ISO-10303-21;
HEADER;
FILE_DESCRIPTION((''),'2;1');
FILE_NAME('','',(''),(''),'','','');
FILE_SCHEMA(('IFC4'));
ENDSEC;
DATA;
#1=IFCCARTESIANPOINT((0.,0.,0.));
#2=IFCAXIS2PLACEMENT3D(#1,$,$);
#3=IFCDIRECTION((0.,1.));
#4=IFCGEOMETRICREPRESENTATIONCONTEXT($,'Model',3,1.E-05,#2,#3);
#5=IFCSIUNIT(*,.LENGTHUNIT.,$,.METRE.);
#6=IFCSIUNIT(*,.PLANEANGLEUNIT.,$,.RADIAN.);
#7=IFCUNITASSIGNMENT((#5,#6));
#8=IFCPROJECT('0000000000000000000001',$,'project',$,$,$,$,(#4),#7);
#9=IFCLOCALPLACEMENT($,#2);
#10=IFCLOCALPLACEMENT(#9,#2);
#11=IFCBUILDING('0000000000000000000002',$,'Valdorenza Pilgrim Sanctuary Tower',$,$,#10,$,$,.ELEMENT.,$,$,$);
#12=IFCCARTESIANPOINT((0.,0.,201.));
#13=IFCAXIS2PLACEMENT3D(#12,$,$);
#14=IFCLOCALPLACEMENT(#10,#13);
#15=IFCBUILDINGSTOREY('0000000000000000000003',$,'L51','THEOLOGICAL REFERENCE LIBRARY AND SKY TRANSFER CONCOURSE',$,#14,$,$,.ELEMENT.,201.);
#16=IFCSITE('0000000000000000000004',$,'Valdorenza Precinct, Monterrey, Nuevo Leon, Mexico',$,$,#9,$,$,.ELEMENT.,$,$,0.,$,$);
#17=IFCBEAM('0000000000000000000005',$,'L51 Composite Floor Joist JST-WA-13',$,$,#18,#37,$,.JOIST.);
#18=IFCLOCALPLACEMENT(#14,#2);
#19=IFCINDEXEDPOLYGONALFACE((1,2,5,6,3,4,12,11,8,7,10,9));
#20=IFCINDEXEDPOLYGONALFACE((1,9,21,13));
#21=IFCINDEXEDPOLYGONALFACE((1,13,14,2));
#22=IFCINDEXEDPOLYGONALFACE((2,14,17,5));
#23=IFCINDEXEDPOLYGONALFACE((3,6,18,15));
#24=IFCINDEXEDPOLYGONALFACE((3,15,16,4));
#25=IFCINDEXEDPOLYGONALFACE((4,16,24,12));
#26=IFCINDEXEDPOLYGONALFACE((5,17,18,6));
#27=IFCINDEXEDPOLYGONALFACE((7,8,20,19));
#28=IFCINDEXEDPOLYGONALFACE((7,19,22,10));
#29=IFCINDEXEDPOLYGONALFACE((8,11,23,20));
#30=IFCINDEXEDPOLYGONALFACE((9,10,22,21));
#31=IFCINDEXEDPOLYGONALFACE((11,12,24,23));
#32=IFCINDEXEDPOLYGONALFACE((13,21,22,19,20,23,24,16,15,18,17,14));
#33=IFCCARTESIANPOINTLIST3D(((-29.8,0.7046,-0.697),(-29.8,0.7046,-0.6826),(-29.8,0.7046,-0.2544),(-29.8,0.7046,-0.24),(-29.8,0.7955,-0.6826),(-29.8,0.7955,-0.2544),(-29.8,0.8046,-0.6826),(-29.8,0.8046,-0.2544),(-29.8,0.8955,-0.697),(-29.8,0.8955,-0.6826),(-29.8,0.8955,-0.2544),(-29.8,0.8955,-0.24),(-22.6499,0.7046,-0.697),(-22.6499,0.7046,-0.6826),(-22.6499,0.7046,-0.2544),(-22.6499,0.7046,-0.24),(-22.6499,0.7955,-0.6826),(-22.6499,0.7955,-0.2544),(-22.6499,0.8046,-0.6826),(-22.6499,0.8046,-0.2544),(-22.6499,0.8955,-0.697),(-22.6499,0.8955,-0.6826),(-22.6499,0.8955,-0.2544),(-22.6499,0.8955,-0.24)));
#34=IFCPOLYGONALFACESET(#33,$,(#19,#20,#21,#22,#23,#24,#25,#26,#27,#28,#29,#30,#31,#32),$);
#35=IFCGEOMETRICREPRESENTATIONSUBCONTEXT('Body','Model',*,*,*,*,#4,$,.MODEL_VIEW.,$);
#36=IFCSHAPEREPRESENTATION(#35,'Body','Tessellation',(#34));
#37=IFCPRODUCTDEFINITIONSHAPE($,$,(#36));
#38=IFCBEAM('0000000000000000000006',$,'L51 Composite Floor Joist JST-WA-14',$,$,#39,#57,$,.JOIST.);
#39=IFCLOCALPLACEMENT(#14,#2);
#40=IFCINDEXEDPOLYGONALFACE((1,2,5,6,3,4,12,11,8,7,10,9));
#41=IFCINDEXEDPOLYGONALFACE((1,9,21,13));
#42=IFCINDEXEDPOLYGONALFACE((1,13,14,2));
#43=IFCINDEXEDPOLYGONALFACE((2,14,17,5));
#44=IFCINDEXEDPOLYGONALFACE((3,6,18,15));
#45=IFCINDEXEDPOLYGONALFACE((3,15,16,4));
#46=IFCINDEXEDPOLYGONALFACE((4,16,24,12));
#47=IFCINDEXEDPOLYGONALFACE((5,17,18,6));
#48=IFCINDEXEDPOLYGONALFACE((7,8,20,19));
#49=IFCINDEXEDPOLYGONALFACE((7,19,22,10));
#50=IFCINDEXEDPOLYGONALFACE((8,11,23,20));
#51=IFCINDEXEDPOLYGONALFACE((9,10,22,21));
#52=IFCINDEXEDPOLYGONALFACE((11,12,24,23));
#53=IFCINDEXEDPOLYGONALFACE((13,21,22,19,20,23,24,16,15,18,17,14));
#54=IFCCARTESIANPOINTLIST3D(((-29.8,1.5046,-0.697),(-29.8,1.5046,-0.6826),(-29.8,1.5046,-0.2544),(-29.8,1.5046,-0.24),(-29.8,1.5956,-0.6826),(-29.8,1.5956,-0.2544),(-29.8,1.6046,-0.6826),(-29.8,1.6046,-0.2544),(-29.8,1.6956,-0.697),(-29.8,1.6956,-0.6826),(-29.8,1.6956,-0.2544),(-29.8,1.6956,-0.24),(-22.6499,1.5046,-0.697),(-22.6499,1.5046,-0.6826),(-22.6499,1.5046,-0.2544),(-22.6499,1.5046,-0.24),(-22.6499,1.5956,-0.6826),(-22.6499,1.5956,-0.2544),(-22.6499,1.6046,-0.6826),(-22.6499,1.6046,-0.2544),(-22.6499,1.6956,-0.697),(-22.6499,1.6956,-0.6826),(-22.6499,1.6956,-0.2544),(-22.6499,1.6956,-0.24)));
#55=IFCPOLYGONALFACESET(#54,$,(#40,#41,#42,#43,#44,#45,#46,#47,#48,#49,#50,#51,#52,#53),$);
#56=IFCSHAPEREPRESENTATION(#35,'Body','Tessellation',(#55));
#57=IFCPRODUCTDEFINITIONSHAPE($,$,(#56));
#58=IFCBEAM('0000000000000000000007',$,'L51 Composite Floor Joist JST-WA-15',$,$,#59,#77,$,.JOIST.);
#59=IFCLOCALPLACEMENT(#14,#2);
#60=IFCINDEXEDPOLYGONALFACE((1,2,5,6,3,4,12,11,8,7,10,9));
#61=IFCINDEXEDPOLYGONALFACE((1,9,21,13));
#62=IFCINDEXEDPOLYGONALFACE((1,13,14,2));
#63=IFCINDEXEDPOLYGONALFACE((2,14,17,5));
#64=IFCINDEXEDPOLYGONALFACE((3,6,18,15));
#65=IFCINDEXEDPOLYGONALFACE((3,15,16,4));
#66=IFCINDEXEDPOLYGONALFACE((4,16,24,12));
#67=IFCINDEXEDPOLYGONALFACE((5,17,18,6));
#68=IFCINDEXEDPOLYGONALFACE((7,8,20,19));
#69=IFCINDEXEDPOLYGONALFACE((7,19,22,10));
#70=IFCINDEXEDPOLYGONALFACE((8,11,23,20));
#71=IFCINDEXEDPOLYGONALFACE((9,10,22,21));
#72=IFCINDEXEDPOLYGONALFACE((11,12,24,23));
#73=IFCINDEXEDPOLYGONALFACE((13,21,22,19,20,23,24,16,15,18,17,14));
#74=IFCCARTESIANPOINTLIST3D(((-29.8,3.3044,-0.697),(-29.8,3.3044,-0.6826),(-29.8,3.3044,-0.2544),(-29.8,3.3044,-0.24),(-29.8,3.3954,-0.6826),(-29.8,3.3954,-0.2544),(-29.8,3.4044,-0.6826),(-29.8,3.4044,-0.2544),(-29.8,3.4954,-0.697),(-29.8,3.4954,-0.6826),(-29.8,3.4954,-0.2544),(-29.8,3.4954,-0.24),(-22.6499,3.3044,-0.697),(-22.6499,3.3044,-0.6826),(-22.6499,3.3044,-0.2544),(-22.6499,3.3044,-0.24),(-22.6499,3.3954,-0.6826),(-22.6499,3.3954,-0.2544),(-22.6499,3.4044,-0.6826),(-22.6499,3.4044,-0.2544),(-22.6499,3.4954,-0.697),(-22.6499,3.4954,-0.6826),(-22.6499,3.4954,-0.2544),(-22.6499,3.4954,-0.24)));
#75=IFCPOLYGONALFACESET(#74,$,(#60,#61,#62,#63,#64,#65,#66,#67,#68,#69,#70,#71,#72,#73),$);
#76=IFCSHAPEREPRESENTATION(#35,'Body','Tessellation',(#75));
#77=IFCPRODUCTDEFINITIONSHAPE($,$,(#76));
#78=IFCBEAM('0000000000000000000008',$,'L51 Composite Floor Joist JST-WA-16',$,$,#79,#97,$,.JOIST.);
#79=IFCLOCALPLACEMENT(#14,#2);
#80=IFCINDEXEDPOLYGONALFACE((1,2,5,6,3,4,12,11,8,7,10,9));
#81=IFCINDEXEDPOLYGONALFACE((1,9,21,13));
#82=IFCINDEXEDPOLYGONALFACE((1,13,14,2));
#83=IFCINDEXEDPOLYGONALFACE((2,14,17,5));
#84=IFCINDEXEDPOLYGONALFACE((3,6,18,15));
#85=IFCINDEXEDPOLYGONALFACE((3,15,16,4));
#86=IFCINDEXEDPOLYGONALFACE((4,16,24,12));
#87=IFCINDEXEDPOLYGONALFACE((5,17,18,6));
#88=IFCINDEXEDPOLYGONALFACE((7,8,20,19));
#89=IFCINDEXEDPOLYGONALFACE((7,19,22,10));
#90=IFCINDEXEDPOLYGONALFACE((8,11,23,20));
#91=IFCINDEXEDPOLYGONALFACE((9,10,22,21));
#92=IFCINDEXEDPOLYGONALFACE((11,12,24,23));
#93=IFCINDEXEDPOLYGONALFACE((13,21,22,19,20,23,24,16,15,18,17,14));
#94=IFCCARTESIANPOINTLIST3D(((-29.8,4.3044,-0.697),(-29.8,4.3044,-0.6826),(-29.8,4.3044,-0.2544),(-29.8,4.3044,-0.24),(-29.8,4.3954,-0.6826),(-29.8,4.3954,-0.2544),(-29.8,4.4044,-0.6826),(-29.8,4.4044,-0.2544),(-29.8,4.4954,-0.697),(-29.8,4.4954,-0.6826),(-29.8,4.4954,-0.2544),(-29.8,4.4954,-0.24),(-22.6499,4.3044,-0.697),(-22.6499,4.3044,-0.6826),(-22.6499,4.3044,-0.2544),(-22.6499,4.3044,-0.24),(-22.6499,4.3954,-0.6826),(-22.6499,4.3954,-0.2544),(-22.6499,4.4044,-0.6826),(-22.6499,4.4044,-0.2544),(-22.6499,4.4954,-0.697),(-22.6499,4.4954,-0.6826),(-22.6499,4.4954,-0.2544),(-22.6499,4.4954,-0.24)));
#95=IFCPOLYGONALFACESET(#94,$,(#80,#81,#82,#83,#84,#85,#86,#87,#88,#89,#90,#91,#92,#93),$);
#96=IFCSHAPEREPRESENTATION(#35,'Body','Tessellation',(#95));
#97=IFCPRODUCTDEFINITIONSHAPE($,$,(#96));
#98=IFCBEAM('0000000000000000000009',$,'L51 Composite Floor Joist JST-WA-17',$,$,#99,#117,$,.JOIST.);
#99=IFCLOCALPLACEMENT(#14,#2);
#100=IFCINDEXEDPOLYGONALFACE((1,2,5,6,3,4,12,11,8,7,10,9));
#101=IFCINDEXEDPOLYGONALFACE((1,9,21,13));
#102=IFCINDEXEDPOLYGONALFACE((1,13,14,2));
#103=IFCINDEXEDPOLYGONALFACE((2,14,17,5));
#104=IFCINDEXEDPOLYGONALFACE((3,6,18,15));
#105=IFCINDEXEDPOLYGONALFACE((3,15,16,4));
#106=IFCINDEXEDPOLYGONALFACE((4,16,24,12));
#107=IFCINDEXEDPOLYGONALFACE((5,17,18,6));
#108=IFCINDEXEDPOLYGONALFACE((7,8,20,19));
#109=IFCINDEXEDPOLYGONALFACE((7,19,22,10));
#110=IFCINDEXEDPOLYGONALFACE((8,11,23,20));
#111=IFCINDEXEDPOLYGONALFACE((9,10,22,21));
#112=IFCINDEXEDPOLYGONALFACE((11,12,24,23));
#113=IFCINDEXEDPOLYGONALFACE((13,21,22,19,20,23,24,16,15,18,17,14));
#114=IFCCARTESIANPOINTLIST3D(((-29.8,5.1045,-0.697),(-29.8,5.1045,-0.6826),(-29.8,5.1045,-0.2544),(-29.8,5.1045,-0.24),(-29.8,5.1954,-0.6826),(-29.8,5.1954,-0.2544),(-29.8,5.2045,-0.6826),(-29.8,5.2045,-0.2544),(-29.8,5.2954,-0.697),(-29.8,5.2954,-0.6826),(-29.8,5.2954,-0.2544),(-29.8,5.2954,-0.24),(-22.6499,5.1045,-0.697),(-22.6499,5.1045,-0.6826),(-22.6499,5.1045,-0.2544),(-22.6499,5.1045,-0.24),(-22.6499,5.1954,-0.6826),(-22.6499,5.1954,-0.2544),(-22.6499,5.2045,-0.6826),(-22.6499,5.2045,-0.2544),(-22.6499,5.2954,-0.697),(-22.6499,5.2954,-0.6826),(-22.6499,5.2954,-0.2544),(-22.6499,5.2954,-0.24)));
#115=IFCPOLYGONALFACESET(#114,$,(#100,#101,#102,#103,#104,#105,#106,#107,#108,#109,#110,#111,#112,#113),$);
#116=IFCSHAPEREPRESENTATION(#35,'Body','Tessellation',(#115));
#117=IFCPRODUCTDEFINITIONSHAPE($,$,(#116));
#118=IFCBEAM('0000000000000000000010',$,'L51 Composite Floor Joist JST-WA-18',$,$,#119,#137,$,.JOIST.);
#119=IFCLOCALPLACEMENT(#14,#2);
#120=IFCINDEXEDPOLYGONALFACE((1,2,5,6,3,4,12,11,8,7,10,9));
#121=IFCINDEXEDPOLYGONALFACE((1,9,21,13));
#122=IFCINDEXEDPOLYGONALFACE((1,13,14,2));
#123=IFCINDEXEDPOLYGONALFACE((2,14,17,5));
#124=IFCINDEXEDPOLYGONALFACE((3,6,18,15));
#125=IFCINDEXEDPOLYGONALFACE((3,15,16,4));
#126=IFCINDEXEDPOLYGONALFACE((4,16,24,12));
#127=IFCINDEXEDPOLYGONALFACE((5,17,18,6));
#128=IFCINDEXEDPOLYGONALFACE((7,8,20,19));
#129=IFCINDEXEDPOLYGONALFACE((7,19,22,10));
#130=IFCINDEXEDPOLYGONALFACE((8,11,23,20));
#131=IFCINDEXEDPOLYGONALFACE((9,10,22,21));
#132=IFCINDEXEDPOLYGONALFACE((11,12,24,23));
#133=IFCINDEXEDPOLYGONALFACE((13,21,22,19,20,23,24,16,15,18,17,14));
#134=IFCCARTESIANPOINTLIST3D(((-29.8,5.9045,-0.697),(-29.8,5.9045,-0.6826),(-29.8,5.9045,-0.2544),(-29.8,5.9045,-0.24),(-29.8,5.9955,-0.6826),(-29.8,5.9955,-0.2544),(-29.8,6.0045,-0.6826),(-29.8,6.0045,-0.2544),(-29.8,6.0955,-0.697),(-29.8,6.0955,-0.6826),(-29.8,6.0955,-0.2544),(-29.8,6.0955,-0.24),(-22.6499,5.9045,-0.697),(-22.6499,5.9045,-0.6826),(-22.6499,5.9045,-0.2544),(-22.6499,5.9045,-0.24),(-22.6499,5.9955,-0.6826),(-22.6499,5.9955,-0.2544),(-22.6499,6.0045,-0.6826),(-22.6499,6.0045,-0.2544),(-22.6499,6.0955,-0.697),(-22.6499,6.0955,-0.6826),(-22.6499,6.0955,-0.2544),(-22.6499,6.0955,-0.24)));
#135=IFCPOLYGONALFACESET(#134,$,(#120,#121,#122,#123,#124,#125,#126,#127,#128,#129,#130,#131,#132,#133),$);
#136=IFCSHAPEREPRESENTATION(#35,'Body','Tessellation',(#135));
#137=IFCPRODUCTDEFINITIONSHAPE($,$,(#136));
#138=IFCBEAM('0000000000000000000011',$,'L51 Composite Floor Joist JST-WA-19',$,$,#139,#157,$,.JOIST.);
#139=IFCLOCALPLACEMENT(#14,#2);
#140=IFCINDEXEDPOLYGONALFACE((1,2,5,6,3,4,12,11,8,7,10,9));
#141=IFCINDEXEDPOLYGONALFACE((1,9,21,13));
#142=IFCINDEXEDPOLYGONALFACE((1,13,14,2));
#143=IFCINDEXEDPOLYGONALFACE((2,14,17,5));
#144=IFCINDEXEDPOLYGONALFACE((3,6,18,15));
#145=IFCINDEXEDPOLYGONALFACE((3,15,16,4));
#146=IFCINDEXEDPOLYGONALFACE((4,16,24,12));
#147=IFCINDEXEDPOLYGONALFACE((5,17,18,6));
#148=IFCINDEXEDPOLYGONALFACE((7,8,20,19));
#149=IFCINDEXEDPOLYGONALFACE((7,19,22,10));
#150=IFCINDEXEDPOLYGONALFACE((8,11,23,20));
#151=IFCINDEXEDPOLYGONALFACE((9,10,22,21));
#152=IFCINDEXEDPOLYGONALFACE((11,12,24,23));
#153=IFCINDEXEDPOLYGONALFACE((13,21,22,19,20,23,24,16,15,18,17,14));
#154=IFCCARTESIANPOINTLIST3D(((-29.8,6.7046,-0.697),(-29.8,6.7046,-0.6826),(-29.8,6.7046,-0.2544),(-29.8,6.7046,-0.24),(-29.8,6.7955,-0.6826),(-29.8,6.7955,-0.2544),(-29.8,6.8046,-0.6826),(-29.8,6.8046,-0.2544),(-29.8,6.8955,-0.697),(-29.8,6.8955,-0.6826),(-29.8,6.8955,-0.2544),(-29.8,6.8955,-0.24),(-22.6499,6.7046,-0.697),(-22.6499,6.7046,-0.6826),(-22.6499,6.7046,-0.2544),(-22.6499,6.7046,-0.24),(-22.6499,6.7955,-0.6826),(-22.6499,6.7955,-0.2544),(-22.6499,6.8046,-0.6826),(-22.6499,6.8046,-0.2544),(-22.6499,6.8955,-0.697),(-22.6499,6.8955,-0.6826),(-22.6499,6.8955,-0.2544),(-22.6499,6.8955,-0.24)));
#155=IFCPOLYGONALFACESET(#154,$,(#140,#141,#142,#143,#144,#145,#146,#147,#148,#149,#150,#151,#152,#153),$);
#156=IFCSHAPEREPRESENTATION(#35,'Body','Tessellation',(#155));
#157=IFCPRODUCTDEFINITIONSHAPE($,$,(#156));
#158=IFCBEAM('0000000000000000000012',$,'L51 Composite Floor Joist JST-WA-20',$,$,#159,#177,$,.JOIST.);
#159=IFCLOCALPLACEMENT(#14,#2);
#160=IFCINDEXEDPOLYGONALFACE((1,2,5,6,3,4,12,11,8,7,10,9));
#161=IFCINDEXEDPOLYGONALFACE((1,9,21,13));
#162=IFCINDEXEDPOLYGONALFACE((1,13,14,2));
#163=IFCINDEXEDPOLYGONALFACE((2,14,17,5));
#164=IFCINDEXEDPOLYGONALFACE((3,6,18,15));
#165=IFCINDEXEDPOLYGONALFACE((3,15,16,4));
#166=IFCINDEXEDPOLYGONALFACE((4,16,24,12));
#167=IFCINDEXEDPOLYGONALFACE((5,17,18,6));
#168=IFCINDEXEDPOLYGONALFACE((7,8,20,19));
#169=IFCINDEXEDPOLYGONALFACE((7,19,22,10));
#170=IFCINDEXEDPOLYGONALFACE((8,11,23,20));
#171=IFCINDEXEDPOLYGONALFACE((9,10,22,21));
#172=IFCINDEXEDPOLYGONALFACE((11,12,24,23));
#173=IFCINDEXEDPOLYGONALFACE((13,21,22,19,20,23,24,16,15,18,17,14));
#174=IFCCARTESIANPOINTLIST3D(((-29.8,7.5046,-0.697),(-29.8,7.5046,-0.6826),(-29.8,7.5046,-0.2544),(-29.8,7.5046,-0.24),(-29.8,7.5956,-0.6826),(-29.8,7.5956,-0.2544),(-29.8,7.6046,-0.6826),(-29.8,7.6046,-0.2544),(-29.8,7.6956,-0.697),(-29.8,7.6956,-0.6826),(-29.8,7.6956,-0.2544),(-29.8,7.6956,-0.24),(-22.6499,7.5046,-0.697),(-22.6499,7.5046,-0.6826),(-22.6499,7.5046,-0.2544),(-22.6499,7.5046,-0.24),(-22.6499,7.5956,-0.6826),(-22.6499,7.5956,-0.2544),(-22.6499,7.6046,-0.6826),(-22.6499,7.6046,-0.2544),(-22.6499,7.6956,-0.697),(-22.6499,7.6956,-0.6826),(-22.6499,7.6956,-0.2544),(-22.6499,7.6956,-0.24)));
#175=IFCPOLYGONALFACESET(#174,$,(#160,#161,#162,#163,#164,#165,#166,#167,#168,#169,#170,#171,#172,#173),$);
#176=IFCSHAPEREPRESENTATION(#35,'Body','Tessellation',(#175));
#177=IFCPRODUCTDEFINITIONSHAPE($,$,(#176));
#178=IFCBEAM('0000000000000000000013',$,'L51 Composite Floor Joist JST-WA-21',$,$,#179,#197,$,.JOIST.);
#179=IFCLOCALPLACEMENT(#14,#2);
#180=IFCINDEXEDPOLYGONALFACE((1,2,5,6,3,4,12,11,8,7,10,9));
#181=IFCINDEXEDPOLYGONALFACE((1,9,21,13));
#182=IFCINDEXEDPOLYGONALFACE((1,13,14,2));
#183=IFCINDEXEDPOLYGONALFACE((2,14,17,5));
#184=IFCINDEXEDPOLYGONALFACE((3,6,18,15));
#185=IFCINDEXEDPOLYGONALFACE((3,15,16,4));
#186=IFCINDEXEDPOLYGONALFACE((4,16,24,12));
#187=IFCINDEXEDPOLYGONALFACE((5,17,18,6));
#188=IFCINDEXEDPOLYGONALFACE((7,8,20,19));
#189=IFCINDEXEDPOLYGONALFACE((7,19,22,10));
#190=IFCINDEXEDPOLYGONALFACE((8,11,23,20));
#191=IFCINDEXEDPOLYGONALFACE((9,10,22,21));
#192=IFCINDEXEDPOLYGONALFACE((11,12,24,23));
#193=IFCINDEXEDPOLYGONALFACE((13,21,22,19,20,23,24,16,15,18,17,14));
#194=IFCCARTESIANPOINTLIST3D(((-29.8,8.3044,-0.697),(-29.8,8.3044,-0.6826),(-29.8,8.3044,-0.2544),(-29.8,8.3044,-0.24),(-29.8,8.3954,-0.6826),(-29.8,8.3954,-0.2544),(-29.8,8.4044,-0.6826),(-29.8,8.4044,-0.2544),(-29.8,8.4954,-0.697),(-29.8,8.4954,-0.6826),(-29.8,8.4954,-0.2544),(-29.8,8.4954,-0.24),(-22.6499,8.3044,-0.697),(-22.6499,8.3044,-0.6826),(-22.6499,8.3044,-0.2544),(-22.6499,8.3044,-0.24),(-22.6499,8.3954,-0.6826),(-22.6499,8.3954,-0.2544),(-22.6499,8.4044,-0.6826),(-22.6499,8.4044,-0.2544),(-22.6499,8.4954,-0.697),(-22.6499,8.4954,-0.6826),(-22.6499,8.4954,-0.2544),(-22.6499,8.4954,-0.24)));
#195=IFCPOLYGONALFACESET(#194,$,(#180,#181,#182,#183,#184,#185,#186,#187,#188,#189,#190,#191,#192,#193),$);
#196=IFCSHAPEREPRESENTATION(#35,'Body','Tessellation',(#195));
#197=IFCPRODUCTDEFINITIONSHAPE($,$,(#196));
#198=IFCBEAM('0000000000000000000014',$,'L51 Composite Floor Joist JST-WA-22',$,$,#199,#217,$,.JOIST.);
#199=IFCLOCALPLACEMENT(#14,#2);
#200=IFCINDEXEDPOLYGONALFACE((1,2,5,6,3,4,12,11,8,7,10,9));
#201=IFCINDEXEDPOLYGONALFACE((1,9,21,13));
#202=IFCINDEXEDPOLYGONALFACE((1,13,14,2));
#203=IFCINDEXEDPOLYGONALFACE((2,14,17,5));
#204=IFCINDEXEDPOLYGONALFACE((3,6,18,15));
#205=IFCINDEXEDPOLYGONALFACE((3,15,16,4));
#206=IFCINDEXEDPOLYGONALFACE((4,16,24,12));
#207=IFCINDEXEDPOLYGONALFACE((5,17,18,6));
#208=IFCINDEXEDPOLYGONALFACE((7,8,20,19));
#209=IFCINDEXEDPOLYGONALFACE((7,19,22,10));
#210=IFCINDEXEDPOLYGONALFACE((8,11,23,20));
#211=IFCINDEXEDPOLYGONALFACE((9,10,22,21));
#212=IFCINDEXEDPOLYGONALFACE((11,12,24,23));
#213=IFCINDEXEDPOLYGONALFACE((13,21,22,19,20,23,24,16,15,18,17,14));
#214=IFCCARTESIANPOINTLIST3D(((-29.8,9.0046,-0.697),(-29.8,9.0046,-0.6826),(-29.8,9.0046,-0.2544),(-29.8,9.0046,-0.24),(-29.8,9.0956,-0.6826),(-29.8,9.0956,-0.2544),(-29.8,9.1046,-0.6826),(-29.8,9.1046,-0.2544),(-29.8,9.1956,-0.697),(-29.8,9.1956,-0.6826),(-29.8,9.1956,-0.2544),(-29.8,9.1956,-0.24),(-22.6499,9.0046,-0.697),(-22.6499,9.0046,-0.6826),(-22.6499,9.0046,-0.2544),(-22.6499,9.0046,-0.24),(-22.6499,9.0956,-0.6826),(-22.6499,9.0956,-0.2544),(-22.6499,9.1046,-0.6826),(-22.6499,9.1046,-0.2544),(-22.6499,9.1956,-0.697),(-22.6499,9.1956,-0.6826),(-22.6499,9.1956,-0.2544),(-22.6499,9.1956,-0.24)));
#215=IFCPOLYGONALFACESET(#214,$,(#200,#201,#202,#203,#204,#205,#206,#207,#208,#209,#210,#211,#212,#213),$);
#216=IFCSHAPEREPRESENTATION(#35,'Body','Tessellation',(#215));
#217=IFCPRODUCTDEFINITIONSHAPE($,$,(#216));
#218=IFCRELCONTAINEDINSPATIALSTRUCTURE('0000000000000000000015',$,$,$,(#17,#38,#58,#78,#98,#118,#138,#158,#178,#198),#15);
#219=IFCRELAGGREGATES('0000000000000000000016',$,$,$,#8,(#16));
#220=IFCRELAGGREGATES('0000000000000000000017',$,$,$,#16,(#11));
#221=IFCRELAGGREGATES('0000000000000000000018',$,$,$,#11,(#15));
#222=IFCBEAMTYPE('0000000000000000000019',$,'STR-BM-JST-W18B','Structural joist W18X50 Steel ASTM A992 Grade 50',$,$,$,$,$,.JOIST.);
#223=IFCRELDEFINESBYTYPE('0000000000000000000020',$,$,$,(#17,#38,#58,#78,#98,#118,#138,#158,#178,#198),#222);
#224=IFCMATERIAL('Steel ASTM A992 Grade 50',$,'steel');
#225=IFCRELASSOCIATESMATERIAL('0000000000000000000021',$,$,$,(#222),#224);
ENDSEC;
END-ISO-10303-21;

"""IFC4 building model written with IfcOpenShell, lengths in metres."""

from ifc_helpers import new_model, si_unit, direction, frame, origin, origin_2d, place, context, subcontext, project, spatial, i_section, extrude, source, transform, mapped, material, material_profile, profile_set, type_object, element, save


model = new_model("IFC4")

# Units and contexts
model_context = context("Model", 3, precision=1e-05, world=origin(), true_north=direction((0.0, 1.0)))
body_context = subcontext(model_context, "Body", "Model", "MODEL_VIEW")
ifc_project = project(units=[si_unit("LENGTHUNIT", "METRE"), si_unit("PLANEANGLEUNIT", "RADIAN")], contexts=[model_context])

# Site, building, storey
site_placement = place(None, origin())
site = spatial("IfcSite", under=ifc_project, at=site_placement, Name="Valdorenza Precinct, Monterrey, Nuevo Leon, Mexico", CompositionType="ELEMENT", RefElevation=0.0)
building_placement = place(site_placement, origin())
building = spatial("IfcBuilding", under=site, at=building_placement, Name="Valdorenza Pilgrim Sanctuary Tower", CompositionType="ELEMENT")
storey_placement = place(building_placement, frame((0.0, 0.0, 201.0)))
storey = spatial("IfcBuildingStorey", under=building, at=storey_placement, Name="L51", Description="THEOLOGICAL REFERENCE LIBRARY AND SKY TRANSFER CONCOURSE", CompositionType="ELEMENT", Elevation=201.0)

# Beams
ifc_material_1 = material(Name="Steel ASTM A992 Grade 50", Category="steel")
ifc_material_profile_1 = material_profile(ifc_material_1, i_section(OverallWidth=0.1909, OverallDepth=0.457, WebThickness=0.009, FlangeThickness=0.0144, at=origin_2d()), Name="W18X50")
ifc_profile_set_1 = profile_set([ifc_material_profile_1], Name="Steel ASTM A992 Grade 50")
beam_type = type_object("IfcBeamType", Name="STR-BM-JST-W18B", Description="Structural joist W18X50 Steel ASTM A992 Grade 50", PredefinedType="JOIST", material=ifc_profile_set_1)
shared_shape_1 = source(origin(), body_context, "Body", "SweptSolid", [
    extrude(i_section(OverallWidth=0.1909, OverallDepth=0.457, WebThickness=0.009, FlangeThickness=0.0144, at=origin_2d()), origin(), (0.0, 0.0, 1.0), 7.1501),
])
for number, where, z_axis, x_axis, name in (
    (1, (-29.8, 0.8, -0.4685), (1.0, 0.0, 0.0), (0.0, 1.0, 0.0), "L51 Composite Floor Joist JST-WA-13"),
    (2, (-29.8, 1.6001, -0.4685), (1.0, 0.0, 0.0), (0.0, 1.0, 0.0), "L51 Composite Floor Joist JST-WA-14"),
    (3, (-29.8, 3.3999, -0.4685), (1.0, 0.0, 0.0), (0.0, 1.0, 0.0), "L51 Composite Floor Joist JST-WA-15"),
    (4, (-29.8, 4.3999, -0.4685), (1.0, 0.0, 0.0), (0.0, 1.0, 0.0), "L51 Composite Floor Joist JST-WA-16"),
    (5, (-29.8, 5.2, -0.4685), (1.0, 0.0, 0.0), (0.0, 1.0, 0.0), "L51 Composite Floor Joist JST-WA-17"),
    (6, (-29.8, 6.0, -0.4685), (1.0, 0.0, 0.0), (0.0, 1.0, 0.0), "L51 Composite Floor Joist JST-WA-18"),
    (7, (-29.8, 6.8, -0.4685), (1.0, 0.0, 0.0), (0.0, 1.0, 0.0), "L51 Composite Floor Joist JST-WA-19"),
    (8, (-29.8, 7.6001, -0.4685), (1.0, 0.0, 0.0), (0.0, 1.0, 0.0), "L51 Composite Floor Joist JST-WA-20"),
    (9, (-29.8, 8.3999, -0.4685), (1.0, 0.0, 0.0), (0.0, 1.0, 0.0), "L51 Composite Floor Joist JST-WA-21"),
    (10, (-29.8, 9.1001, -0.4685), (1.0, 0.0, 0.0), (0.0, 1.0, 0.0), "L51 Composite Floor Joist JST-WA-22"),
):
    element("IfcBeam", number, at=place(storey_placement, frame(where, z_axis=z_axis, x_axis=x_axis)), inside=storey, type_object=beam_type, Name=name, PredefinedType="JOIST", context=body_context, shape_type="MappedRepresentation", body=[
        mapped(shared_shape_1, transform((0.0, 0.0, 0.0), x_axis=(1.0, 0.0, 0.0), y_axis=(0.0, 1.0, 0.0), z_axis=(0.0, 0.0, 1.0), scale=1.0)),
    ])

save(model, "model.ifc")
